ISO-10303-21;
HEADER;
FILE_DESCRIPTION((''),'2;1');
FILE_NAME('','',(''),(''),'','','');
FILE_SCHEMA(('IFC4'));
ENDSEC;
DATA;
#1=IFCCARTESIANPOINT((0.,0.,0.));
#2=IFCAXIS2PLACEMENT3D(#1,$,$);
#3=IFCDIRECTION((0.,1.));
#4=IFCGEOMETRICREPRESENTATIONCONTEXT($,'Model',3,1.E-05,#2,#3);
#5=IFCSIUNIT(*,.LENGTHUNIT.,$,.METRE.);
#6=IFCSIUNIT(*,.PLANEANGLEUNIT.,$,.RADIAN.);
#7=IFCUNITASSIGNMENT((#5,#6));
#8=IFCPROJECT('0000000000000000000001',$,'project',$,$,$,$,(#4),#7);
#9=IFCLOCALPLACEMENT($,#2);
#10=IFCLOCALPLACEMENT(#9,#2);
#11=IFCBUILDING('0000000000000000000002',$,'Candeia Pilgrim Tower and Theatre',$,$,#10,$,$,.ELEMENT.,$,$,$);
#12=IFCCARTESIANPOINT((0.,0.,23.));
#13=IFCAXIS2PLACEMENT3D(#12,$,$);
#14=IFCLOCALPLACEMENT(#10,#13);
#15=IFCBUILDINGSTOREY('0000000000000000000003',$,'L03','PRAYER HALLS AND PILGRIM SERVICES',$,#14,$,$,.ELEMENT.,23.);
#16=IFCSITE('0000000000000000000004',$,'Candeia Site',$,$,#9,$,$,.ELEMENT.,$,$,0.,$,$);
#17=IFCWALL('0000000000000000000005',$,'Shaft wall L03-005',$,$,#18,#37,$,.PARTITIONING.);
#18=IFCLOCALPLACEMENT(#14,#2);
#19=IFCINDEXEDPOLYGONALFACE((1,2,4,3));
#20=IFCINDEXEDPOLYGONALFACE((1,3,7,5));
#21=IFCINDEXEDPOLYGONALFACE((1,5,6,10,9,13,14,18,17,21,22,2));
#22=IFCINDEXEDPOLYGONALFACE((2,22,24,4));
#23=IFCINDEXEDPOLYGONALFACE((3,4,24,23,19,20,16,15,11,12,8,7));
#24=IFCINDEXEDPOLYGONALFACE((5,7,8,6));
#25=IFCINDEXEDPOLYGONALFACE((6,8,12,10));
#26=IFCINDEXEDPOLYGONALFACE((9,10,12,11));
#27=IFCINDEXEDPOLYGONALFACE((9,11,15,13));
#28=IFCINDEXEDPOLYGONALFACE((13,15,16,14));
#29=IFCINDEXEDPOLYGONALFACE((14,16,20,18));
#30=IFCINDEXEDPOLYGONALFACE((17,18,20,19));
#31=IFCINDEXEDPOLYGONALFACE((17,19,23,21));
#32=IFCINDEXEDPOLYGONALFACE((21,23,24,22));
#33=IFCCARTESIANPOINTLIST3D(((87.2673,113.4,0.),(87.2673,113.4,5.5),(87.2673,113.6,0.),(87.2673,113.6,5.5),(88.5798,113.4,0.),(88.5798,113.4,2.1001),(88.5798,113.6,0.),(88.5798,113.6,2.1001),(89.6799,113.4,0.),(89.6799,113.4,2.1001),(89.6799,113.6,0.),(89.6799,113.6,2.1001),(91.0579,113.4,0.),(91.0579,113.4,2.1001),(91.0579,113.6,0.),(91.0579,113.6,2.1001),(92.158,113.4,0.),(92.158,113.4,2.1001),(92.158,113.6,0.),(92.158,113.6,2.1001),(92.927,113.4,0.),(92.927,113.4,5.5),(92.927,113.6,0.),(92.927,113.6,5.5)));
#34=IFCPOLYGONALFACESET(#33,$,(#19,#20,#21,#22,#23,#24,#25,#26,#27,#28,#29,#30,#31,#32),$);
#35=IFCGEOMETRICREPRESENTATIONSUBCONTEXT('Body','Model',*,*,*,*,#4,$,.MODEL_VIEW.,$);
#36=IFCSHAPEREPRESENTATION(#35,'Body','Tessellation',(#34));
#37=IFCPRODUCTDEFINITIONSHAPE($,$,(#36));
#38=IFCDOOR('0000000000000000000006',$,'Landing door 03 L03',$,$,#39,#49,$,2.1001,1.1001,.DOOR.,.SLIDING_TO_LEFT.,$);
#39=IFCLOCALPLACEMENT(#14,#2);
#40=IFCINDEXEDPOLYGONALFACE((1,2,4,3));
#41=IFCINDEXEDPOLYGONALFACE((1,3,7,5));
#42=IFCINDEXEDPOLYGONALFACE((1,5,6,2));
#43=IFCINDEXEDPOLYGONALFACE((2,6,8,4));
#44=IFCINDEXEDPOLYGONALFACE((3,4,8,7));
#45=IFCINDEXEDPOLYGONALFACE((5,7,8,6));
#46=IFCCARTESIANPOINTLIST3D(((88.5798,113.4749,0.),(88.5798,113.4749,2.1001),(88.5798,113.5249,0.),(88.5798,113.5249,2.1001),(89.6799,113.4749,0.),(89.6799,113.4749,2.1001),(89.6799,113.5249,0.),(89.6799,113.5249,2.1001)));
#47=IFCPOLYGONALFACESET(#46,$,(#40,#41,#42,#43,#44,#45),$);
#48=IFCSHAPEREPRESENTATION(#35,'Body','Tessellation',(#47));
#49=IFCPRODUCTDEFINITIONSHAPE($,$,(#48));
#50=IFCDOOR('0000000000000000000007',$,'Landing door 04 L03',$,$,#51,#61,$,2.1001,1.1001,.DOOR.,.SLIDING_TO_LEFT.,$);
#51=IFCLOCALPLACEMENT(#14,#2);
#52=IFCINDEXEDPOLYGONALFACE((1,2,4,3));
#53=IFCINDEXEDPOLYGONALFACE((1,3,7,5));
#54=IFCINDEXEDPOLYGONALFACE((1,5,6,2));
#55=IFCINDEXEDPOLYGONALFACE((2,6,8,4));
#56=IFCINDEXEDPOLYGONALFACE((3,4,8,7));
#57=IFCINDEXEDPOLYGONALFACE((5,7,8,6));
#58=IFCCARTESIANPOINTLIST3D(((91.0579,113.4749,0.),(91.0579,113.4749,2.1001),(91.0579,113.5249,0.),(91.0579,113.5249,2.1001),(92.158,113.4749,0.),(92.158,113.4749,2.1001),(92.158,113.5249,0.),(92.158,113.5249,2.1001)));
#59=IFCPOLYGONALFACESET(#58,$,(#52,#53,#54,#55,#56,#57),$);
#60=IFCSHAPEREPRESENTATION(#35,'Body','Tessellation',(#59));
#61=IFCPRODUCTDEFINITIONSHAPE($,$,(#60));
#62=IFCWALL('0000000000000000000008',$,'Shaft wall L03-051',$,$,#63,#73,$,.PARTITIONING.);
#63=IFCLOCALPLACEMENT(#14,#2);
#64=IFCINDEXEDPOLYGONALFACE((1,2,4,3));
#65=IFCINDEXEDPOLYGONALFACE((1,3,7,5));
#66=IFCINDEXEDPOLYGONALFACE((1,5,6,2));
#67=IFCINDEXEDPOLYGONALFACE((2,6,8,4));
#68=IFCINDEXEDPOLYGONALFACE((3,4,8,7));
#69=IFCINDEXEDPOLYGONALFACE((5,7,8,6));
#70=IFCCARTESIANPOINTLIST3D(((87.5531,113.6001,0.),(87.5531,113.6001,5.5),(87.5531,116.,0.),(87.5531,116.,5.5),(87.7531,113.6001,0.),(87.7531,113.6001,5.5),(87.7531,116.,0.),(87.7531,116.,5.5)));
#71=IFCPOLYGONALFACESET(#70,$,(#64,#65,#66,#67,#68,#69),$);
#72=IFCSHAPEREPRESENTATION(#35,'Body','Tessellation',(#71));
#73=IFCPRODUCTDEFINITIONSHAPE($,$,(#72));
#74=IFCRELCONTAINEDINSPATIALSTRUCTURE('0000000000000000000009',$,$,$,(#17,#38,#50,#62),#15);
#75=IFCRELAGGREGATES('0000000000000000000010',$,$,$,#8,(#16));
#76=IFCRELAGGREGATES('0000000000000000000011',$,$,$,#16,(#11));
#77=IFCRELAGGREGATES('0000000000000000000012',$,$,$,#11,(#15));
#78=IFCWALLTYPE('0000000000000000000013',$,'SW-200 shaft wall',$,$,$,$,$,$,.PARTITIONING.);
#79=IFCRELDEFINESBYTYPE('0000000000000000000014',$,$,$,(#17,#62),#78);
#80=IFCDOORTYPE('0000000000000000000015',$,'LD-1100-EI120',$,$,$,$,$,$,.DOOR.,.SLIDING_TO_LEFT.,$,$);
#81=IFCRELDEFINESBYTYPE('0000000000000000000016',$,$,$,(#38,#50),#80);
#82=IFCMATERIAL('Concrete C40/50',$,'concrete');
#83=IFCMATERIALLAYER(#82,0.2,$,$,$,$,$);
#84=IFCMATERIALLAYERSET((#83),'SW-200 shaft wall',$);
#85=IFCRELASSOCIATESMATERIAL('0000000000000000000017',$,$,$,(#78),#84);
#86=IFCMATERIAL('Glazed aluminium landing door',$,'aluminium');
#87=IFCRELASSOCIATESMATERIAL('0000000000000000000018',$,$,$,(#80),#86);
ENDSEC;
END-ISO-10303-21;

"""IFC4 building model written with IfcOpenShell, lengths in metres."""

from ifc_helpers import new_model, si_unit, direction, frame, frame_2d, origin, place, context, subcontext, project, spatial, rectangle, extrude, material, layer, layer_set, type_object, element, fill, save


model = new_model("IFC4")

# Units and contexts
model_context = context("Model", 3, precision=1e-05, world=origin(), true_north=direction((0.0, 1.0)))
body_context = subcontext(model_context, "Body", "Model", "MODEL_VIEW")
ifc_project = project(units=[si_unit("LENGTHUNIT", "METRE"), si_unit("PLANEANGLEUNIT", "RADIAN")], contexts=[model_context])

# Site, building, storey
site_placement = place(None, origin())
site = spatial("IfcSite", under=ifc_project, at=site_placement, Name="Candeia Site", CompositionType="ELEMENT", RefElevation=0.0)
building_placement = place(site_placement, origin())
building = spatial("IfcBuilding", under=site, at=building_placement, Name="Candeia Pilgrim Tower and Theatre", CompositionType="ELEMENT")
storey_placement = place(building_placement, frame((0.0, 0.0, 23.0)))
storey = spatial("IfcBuildingStorey", under=building, at=storey_placement, Name="L03", Description="PRAYER HALLS AND PILGRIM SERVICES", CompositionType="ELEMENT", Elevation=23.0)

# Wall, openings, doors
ifc_material_1 = material(Name="Concrete C40/50", Category="concrete")
ifc_layer_1 = layer(ifc_material_1, 0.2)
ifc_layer_set_1 = layer_set([ifc_layer_1], Name="SW-200 shaft wall")
wall_type_1 = type_object("IfcWallType", Name="SW-200 shaft wall", PredefinedType="PARTITIONING", material=ifc_layer_set_1)
wall_1_placement = place(storey_placement, frame((87.2673, 113.5, 0.0), z_axis=(0.0, 0.0, 1.0), x_axis=(1.0, 0.0, 0.0)))
wall_1 = element("IfcWall", 1, at=wall_1_placement, inside=storey, type_object=wall_type_1, Name="Shaft wall L03-005", PredefinedType="PARTITIONING", context=body_context, shape_type="SweptSolid", body=[
    extrude(rectangle(XDim=5.6597, YDim=0.2, at=frame_2d((2.8298, 0.0))), origin(), (0.0, 0.0, 1.0), 5.5),
])
opening_1_placement = place(wall_1_placement, frame((1.3125, 0.0, 0.0)))
opening_1 = element("IfcOpeningElement", 2, at=opening_1_placement, cuts=wall_1, PredefinedType="OPENING", context=body_context, shape_type="SweptSolid", body=[
    extrude(rectangle(XDim=1.1001, YDim=2.1001, at=frame_2d((0.55, 1.05))), frame((0.0, 0.1099, 0.0), z_axis=(0.0, -1.0, 0.0), x_axis=(1.0, 0.0, 0.0)), (0.0, 0.0, 1.0), 0.22),
])
opening_2_placement = place(wall_1_placement, frame((3.7905, 0.0, 0.0)))
opening_2 = element("IfcOpeningElement", 3, at=opening_2_placement, cuts=wall_1, PredefinedType="OPENING", context=body_context, shape_type="SweptSolid", body=[
    extrude(rectangle(XDim=1.1001, YDim=2.1001, at=frame_2d((0.55, 1.05))), frame((0.0, 0.1099, 0.0), z_axis=(0.0, -1.0, 0.0), x_axis=(1.0, 0.0, 0.0)), (0.0, 0.0, 1.0), 0.22),
])
ifc_material_2 = material(Name="Glazed aluminium landing door", Category="aluminium")
door_type = type_object("IfcDoorType", Name="LD-1100-EI120", OperationType="SLIDING_TO_LEFT", PredefinedType="DOOR", material=ifc_material_2)
door_1_placement = place(opening_1_placement, origin())
door_1 = element("IfcDoor", 4, at=door_1_placement, inside=storey, type_object=door_type, Name="Landing door 03 L03", OperationType="SLIDING_TO_LEFT", OverallHeight=2.1001, OverallWidth=1.1001, PredefinedType="DOOR", context=body_context, shape_type="SweptSolid", body=[
    extrude(rectangle(XDim=1.1001, YDim=2.1001, at=frame_2d((0.55, 1.05))), frame((0.0, 0.0249, 0.0), z_axis=(0.0, -1.0, 0.0), x_axis=(1.0, 0.0, 0.0)), (0.0, 0.0, 1.0), 0.05),
])
fill(opening_1, door_1)
door_2_placement = place(opening_2_placement, origin())
door_2 = element("IfcDoor", 5, at=door_2_placement, inside=storey, type_object=door_type, Name="Landing door 04 L03", OperationType="SLIDING_TO_LEFT", OverallHeight=2.1001, OverallWidth=1.1001, PredefinedType="DOOR", context=body_context, shape_type="SweptSolid", body=[
    extrude(rectangle(XDim=1.1001, YDim=2.1001, at=frame_2d((0.55, 1.05))), frame((0.0, 0.0249, 0.0), z_axis=(0.0, -1.0, 0.0), x_axis=(1.0, 0.0, 0.0)), (0.0, 0.0, 1.0), 0.05),
])
fill(opening_2, door_2)

# Wall
wall_2_placement = place(storey_placement, frame((87.6531, 113.6001, 0.0), z_axis=(0.0, 0.0, 1.0), x_axis=(0.0, 1.0, 0.0)))
element("IfcWall", 6, at=wall_2_placement, inside=storey, type_object=wall_type_1, Name="Shaft wall L03-051", PredefinedType="PARTITIONING", context=body_context, shape_type="SweptSolid", body=[
    extrude(rectangle(XDim=2.3999, YDim=0.2, at=frame_2d((1.2, 0.0))), origin(), (0.0, 0.0, 1.0), 5.5),
])

save(model, "model.ifc")
